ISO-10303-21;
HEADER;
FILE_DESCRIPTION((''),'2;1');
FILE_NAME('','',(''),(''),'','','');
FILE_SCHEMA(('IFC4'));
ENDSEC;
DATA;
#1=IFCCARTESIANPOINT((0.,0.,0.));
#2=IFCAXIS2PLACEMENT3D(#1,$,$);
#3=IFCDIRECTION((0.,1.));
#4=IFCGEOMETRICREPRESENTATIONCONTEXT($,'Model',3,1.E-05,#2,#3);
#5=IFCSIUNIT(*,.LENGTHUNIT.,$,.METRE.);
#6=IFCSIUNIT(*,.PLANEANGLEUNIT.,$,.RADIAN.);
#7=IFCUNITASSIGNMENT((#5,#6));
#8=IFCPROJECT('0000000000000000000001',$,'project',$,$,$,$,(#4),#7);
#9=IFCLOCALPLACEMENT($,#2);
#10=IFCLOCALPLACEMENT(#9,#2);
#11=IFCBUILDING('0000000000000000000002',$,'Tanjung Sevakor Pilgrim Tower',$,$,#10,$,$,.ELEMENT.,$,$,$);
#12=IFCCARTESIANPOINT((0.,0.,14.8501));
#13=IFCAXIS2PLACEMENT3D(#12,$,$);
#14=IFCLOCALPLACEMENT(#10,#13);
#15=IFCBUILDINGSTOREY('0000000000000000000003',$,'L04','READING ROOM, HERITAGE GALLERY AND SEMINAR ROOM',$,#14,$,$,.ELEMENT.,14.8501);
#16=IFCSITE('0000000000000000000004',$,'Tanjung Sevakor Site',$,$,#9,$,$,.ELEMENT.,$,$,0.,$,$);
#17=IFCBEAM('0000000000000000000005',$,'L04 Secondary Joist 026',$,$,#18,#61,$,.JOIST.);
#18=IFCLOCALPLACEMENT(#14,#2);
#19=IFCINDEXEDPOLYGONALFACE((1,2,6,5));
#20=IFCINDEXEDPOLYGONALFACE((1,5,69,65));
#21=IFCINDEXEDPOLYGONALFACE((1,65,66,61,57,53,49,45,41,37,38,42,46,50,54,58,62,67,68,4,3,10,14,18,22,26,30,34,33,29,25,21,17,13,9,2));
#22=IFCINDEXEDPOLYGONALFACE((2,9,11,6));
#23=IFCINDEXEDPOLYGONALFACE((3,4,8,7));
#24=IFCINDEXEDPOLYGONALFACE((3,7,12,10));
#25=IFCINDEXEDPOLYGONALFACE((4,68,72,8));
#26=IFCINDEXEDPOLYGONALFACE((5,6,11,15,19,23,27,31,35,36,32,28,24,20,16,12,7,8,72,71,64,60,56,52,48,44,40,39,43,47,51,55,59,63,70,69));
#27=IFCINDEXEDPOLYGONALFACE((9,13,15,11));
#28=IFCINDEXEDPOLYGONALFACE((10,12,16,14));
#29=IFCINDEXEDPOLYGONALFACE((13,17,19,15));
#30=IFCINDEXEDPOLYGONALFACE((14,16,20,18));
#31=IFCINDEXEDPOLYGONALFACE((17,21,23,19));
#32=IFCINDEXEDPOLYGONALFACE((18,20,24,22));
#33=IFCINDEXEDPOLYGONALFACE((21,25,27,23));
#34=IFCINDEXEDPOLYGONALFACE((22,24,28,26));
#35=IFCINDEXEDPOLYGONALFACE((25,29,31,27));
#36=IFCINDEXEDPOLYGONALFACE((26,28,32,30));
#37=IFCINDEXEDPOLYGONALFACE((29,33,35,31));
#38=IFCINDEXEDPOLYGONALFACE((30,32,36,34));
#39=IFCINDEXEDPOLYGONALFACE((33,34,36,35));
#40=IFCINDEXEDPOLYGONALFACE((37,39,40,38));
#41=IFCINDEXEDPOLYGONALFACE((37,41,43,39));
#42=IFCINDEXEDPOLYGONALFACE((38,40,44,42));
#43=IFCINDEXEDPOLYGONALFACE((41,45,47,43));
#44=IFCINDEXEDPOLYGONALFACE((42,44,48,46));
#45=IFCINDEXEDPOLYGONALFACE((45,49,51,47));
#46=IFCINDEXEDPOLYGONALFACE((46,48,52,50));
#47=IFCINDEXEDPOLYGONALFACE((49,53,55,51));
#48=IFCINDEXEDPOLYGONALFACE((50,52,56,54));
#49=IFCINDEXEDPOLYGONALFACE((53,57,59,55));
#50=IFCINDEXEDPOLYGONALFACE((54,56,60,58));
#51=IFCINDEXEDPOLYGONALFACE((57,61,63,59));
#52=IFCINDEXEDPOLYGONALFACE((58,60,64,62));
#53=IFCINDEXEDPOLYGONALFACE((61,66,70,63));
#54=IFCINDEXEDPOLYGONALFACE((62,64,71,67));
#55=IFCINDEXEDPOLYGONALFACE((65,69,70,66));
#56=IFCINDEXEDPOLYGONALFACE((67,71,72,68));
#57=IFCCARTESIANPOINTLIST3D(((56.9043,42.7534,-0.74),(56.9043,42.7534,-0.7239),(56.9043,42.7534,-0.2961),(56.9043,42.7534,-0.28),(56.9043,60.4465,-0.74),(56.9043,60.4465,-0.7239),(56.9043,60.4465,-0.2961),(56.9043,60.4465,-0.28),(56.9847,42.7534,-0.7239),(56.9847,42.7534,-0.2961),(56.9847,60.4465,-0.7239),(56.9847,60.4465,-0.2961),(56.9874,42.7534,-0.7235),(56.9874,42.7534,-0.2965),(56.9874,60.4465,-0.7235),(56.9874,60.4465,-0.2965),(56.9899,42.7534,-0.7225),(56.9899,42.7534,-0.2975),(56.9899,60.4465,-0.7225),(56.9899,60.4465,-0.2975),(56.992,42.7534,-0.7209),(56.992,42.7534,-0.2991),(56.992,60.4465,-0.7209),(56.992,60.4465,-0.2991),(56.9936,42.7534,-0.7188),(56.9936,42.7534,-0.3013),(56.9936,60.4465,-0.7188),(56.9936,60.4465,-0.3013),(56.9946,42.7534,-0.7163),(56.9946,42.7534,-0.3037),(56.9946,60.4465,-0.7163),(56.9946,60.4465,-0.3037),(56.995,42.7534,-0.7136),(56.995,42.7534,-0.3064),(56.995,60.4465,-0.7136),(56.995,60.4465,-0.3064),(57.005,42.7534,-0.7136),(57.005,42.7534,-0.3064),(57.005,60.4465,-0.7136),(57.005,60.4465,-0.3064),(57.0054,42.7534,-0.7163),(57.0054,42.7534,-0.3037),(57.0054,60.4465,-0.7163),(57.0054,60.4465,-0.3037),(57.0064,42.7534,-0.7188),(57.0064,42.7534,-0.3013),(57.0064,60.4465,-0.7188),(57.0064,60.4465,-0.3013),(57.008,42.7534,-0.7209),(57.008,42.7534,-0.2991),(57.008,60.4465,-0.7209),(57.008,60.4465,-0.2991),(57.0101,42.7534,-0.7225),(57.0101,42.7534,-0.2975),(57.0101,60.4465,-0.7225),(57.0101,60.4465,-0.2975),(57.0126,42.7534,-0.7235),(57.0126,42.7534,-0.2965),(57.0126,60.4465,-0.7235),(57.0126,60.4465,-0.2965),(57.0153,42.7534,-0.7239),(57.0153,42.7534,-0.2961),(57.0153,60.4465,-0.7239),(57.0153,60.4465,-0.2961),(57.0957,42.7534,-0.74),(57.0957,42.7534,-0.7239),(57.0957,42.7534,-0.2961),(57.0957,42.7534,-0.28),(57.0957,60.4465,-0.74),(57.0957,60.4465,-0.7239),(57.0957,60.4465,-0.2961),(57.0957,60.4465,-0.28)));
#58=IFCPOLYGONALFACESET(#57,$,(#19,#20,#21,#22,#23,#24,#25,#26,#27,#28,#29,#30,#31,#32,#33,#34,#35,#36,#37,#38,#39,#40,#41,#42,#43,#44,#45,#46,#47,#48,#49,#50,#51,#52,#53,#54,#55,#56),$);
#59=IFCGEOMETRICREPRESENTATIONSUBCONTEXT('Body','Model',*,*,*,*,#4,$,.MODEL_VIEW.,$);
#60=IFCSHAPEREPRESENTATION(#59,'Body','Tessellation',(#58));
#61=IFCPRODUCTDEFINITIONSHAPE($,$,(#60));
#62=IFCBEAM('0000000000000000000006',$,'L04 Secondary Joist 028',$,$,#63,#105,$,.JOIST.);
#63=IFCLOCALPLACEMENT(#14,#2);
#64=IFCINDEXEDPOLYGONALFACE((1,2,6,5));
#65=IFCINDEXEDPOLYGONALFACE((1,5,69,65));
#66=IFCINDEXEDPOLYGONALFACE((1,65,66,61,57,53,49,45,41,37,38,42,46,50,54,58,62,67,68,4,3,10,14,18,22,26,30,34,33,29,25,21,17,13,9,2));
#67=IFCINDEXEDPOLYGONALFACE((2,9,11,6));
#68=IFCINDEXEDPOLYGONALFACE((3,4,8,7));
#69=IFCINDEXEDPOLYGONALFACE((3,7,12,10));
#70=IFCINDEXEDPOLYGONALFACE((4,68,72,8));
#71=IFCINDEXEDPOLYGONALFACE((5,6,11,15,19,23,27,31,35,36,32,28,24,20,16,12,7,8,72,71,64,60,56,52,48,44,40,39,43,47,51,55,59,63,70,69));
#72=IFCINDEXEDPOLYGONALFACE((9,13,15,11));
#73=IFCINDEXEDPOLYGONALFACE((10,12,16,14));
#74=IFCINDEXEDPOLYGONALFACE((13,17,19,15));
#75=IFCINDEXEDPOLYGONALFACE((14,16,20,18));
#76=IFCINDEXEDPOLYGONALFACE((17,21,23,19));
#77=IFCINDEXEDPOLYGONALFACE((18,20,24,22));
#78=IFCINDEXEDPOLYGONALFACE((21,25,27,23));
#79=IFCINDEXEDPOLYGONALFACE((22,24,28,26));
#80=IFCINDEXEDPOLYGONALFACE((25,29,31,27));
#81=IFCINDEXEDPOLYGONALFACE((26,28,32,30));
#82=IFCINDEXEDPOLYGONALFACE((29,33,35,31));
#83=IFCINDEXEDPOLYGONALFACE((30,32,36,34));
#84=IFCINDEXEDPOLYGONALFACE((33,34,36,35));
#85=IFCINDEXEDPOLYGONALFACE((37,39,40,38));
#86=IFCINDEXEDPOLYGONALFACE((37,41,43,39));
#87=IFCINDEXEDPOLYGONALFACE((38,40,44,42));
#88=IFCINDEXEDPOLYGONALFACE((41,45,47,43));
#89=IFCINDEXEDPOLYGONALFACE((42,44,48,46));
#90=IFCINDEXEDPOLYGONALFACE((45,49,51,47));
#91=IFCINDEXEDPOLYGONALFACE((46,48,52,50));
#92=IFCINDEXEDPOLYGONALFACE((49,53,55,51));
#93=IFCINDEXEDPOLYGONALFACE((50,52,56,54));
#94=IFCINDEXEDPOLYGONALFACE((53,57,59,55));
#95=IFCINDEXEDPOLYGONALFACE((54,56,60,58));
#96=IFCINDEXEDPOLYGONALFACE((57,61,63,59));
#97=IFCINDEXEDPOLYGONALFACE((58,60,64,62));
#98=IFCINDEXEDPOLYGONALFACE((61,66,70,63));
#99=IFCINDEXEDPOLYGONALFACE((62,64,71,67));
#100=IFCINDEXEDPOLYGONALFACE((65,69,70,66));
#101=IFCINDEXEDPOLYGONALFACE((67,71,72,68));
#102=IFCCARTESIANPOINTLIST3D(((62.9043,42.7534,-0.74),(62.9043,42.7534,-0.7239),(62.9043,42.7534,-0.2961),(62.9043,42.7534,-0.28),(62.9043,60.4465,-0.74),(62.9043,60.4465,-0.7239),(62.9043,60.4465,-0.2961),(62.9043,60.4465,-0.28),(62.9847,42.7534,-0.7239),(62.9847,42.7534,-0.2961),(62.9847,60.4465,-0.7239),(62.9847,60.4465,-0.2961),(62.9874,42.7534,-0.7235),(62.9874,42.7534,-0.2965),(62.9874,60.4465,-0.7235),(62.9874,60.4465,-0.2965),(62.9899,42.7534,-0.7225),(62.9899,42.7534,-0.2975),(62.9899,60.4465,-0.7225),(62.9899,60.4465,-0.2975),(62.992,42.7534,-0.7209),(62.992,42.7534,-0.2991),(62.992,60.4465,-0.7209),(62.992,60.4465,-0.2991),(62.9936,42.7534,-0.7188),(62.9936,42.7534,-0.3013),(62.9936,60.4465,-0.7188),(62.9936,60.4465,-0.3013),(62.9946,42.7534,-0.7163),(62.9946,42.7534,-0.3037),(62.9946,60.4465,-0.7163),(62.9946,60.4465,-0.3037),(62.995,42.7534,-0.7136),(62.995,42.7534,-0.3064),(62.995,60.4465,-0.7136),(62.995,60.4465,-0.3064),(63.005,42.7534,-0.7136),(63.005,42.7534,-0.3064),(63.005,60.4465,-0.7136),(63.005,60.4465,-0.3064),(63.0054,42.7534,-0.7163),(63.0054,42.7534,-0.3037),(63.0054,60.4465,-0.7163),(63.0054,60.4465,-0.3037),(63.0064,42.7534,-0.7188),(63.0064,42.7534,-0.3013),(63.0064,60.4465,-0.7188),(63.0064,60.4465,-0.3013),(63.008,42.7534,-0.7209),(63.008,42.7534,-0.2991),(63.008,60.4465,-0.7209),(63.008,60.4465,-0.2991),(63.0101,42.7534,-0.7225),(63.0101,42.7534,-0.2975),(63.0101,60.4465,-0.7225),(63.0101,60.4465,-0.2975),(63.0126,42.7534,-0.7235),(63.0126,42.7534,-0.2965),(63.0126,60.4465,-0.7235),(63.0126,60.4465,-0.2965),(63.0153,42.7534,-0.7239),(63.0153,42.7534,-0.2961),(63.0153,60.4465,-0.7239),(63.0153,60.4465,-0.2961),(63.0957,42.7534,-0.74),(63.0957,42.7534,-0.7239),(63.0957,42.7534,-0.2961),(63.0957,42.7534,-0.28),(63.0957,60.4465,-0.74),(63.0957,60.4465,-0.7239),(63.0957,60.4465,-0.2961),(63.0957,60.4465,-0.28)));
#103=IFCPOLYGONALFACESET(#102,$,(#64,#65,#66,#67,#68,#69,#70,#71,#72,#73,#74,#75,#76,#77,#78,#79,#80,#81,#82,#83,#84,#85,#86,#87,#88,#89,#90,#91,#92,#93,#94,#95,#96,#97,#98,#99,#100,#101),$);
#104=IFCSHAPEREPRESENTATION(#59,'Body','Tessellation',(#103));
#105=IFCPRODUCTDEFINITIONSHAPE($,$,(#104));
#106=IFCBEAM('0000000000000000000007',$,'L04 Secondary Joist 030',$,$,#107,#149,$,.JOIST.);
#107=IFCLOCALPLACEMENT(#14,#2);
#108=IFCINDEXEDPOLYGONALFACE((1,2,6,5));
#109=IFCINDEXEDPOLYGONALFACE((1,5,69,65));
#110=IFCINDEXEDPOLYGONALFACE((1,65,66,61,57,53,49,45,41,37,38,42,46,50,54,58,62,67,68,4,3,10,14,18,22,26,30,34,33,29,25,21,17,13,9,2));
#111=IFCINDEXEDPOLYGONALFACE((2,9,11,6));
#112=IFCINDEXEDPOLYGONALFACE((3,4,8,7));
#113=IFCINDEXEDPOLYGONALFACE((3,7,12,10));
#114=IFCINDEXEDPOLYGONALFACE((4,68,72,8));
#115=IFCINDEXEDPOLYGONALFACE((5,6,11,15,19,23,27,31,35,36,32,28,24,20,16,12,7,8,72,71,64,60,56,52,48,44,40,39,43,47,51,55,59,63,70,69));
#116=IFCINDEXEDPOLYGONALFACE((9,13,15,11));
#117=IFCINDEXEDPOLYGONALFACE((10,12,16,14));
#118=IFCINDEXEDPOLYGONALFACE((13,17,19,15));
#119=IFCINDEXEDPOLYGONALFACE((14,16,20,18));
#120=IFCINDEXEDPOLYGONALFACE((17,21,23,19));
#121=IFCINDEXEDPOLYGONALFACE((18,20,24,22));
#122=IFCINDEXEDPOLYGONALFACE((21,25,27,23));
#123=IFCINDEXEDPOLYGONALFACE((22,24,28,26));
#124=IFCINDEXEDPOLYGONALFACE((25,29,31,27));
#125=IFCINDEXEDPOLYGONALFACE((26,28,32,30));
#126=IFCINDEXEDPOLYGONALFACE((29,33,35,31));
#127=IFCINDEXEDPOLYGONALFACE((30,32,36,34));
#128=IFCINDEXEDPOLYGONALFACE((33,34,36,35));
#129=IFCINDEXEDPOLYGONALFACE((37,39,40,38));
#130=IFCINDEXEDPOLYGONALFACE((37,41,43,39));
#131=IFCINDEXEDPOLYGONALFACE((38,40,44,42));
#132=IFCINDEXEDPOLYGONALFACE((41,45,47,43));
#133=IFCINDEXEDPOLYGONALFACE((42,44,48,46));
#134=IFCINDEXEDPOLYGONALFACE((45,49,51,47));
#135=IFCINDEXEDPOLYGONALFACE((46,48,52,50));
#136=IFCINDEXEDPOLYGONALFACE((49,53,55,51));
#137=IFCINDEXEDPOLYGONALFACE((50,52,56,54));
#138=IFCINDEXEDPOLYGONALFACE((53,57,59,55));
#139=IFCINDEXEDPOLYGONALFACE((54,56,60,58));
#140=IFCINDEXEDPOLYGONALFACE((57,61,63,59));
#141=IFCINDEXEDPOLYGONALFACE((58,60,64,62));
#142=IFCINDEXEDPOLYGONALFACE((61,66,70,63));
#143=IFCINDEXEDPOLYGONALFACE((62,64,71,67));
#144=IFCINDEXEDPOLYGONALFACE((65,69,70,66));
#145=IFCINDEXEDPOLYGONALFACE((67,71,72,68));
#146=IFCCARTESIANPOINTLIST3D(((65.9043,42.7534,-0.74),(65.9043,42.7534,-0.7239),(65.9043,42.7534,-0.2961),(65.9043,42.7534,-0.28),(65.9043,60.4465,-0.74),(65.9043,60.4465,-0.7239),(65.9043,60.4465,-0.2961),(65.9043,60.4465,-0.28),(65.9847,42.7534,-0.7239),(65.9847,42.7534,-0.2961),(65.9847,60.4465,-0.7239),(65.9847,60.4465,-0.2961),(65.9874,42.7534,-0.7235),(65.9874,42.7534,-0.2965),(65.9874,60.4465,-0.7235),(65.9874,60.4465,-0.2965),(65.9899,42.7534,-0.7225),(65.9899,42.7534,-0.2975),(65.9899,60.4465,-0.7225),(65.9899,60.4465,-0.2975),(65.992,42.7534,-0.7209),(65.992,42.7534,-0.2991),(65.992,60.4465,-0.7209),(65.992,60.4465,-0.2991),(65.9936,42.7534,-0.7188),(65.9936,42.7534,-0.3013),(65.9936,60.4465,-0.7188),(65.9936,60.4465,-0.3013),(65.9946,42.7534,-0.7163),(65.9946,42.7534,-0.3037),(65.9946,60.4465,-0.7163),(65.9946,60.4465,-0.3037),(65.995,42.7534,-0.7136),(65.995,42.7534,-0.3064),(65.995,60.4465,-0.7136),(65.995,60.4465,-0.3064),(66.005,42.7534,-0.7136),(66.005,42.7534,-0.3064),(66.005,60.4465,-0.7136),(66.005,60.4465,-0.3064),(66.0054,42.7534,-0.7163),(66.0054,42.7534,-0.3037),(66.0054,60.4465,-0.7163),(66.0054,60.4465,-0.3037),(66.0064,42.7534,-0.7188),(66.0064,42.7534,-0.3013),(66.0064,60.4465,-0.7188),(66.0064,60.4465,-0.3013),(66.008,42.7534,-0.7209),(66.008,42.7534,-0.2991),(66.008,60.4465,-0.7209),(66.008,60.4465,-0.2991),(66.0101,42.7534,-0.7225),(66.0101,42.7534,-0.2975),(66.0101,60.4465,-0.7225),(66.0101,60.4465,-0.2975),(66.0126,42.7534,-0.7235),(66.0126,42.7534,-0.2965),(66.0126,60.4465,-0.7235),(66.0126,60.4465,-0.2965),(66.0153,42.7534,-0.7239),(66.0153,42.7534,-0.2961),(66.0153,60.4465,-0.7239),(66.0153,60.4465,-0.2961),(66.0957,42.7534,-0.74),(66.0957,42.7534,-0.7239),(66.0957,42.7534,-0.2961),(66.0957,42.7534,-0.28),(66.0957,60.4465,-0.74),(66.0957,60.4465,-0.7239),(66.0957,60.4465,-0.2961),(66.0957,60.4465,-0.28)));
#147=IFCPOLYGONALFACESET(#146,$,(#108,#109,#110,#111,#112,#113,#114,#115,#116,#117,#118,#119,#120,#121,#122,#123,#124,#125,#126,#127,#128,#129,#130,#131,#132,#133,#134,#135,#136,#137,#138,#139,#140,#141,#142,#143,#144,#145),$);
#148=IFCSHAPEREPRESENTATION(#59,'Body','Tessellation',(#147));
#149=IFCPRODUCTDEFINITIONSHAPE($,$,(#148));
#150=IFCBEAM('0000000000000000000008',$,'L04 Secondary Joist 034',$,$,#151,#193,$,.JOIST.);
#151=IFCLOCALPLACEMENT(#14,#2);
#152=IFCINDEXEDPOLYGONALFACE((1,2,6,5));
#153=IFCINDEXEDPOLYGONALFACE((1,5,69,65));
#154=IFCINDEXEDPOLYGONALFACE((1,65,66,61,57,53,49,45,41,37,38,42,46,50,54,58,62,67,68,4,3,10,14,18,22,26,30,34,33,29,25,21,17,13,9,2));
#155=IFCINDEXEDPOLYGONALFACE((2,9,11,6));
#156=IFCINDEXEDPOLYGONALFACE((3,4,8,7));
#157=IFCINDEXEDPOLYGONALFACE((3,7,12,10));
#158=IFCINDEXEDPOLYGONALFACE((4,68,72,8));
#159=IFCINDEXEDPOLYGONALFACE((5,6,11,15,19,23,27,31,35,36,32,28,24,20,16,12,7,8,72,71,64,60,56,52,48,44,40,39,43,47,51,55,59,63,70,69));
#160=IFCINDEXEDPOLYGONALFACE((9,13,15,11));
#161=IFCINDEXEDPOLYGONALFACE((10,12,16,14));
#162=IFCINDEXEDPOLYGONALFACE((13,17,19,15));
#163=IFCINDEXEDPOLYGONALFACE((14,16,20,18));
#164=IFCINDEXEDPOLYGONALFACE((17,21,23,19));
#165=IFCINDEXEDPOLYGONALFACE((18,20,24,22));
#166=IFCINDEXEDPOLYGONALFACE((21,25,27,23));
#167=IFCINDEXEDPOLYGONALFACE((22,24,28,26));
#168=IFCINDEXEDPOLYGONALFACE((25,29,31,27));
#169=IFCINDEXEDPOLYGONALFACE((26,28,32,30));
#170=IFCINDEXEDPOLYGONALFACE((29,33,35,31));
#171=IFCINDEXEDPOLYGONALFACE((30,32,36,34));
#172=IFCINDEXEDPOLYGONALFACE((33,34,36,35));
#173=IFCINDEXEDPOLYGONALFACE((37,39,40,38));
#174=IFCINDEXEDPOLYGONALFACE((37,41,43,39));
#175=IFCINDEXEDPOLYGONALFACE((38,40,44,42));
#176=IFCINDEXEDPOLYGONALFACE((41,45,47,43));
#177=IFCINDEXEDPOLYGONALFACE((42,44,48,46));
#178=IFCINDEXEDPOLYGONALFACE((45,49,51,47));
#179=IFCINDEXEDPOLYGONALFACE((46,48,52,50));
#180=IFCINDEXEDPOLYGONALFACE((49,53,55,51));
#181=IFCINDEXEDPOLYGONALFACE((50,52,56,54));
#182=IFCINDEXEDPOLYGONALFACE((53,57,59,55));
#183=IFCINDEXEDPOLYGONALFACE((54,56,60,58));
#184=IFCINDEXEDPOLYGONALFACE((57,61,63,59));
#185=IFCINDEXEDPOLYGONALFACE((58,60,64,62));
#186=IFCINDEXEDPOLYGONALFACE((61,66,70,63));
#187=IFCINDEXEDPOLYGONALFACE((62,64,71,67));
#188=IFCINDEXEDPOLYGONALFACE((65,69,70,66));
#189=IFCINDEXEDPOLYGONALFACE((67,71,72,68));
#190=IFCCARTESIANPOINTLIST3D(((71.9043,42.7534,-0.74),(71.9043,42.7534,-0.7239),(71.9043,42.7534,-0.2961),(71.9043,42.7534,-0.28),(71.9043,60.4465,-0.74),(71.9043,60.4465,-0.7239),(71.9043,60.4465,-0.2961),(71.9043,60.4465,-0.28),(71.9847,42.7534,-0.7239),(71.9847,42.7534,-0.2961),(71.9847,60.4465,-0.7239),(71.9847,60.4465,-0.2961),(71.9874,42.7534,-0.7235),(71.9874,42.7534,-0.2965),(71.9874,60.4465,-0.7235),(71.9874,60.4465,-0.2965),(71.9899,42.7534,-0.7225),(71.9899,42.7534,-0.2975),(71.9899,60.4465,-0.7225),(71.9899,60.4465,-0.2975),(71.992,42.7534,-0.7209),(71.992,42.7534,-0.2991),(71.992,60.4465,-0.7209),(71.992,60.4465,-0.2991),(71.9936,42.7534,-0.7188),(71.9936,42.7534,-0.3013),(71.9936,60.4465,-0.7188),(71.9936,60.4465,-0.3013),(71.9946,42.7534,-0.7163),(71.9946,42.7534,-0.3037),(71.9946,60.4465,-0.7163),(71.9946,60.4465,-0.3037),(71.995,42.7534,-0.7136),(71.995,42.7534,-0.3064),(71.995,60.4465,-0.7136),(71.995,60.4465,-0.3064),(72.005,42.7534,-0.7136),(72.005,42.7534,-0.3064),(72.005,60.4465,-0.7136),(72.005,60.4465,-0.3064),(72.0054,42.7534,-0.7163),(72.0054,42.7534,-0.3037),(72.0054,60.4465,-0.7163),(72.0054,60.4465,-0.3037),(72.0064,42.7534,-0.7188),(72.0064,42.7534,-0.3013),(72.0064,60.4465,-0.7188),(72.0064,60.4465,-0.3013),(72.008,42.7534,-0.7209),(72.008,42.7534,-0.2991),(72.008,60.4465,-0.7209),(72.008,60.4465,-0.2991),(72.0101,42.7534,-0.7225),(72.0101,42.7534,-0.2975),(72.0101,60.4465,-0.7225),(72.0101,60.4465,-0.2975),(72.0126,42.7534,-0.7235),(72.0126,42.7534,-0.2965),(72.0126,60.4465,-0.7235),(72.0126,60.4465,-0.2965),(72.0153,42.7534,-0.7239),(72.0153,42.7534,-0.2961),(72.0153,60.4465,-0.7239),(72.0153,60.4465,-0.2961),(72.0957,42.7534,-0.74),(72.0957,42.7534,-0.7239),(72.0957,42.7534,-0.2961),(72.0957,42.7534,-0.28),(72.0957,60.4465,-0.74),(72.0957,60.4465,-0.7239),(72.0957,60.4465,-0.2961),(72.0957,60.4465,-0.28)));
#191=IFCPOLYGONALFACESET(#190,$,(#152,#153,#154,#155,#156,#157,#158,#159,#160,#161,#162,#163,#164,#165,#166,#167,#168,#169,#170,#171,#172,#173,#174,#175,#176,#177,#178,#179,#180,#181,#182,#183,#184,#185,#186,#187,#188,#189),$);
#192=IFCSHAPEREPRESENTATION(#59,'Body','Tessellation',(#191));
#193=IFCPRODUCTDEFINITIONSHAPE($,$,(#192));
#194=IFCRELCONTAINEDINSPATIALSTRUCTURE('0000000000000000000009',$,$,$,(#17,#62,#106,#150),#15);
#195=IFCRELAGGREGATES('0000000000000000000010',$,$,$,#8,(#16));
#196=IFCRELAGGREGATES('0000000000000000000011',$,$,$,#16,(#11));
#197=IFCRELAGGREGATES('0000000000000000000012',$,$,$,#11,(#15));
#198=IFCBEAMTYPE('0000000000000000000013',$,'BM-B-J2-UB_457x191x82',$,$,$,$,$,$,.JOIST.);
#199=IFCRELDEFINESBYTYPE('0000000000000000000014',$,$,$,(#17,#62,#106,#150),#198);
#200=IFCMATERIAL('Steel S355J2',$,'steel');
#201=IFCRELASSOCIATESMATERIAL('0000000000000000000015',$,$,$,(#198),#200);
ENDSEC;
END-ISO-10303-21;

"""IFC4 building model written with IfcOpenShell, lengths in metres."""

from ifc_helpers import new_model, si_unit, direction, frame, origin, origin_2d, place, context, subcontext, project, spatial, i_section, extrude, material, material_profile, profile_set, type_object, element, save


model = new_model("IFC4")

# Units and contexts
model_context = context("Model", 3, precision=1e-05, world=origin(), true_north=direction((0.0, 1.0)))
body_context = subcontext(model_context, "Body", "Model", "MODEL_VIEW")
ifc_project = project(units=[si_unit("LENGTHUNIT", "METRE"), si_unit("PLANEANGLEUNIT", "RADIAN")], contexts=[model_context])

# Site, building, storey
site_placement = place(None, origin())
site = spatial("IfcSite", under=ifc_project, at=site_placement, Name="Tanjung Sevakor Site", CompositionType="ELEMENT", RefElevation=0.0)
building_placement = place(site_placement, origin())
building = spatial("IfcBuilding", under=site, at=building_placement, Name="Tanjung Sevakor Pilgrim Tower", CompositionType="ELEMENT")
storey_placement = place(building_placement, frame((0.0, 0.0, 14.8501)))
storey = spatial("IfcBuildingStorey", under=building, at=storey_placement, Name="L04", Description="READING ROOM, HERITAGE GALLERY AND SEMINAR ROOM", CompositionType="ELEMENT", Elevation=14.8501)

# Beams
ifc_material_1 = material(Name="Steel S355J2", Category="steel")
ifc_material_profile_1 = material_profile(ifc_material_1, i_section(OverallWidth=0.1914, OverallDepth=0.46, WebThickness=0.01, FlangeThickness=0.0161, FilletRadius=0.0103, at=origin_2d()))
ifc_profile_set_1 = profile_set([ifc_material_profile_1], Name="Steel S355J2")
beam_type_1 = type_object("IfcBeamType", Name="BM-B-J2-UB_457x191x82", PredefinedType="JOIST", material=ifc_profile_set_1)
for number, where, z_axis, x_axis, name in (
    (1, (57.0, 42.7534, -0.51), (0.0, 1.0, 0.0), (-1.0, 0.0, 0.0), "L04 Secondary Joist 026"),
    (2, (63.0, 42.7534, -0.51), (0.0, 1.0, 0.0), (-1.0, 0.0, 0.0), "L04 Secondary Joist 028"),
    (3, (66.0, 42.7534, -0.51), (0.0, 1.0, 0.0), (-1.0, 0.0, 0.0), "L04 Secondary Joist 030"),
    (4, (72.0, 42.7534, -0.51), (0.0, 1.0, 0.0), (-1.0, 0.0, 0.0), "L04 Secondary Joist 034"),
):
    element("IfcBeam", number, at=place(storey_placement, frame(where, z_axis=z_axis, x_axis=x_axis)), inside=storey, type_object=beam_type_1, Name=name, PredefinedType="JOIST", context=body_context, shape_type="SweptSolid", body=[
        extrude(i_section(OverallWidth=0.1914, OverallDepth=0.46, WebThickness=0.01, FlangeThickness=0.0161, FilletRadius=0.0103, at=origin_2d()), origin(), (0.0, 0.0, 1.0), 17.6931),
    ])

save(model, "model.ifc")
